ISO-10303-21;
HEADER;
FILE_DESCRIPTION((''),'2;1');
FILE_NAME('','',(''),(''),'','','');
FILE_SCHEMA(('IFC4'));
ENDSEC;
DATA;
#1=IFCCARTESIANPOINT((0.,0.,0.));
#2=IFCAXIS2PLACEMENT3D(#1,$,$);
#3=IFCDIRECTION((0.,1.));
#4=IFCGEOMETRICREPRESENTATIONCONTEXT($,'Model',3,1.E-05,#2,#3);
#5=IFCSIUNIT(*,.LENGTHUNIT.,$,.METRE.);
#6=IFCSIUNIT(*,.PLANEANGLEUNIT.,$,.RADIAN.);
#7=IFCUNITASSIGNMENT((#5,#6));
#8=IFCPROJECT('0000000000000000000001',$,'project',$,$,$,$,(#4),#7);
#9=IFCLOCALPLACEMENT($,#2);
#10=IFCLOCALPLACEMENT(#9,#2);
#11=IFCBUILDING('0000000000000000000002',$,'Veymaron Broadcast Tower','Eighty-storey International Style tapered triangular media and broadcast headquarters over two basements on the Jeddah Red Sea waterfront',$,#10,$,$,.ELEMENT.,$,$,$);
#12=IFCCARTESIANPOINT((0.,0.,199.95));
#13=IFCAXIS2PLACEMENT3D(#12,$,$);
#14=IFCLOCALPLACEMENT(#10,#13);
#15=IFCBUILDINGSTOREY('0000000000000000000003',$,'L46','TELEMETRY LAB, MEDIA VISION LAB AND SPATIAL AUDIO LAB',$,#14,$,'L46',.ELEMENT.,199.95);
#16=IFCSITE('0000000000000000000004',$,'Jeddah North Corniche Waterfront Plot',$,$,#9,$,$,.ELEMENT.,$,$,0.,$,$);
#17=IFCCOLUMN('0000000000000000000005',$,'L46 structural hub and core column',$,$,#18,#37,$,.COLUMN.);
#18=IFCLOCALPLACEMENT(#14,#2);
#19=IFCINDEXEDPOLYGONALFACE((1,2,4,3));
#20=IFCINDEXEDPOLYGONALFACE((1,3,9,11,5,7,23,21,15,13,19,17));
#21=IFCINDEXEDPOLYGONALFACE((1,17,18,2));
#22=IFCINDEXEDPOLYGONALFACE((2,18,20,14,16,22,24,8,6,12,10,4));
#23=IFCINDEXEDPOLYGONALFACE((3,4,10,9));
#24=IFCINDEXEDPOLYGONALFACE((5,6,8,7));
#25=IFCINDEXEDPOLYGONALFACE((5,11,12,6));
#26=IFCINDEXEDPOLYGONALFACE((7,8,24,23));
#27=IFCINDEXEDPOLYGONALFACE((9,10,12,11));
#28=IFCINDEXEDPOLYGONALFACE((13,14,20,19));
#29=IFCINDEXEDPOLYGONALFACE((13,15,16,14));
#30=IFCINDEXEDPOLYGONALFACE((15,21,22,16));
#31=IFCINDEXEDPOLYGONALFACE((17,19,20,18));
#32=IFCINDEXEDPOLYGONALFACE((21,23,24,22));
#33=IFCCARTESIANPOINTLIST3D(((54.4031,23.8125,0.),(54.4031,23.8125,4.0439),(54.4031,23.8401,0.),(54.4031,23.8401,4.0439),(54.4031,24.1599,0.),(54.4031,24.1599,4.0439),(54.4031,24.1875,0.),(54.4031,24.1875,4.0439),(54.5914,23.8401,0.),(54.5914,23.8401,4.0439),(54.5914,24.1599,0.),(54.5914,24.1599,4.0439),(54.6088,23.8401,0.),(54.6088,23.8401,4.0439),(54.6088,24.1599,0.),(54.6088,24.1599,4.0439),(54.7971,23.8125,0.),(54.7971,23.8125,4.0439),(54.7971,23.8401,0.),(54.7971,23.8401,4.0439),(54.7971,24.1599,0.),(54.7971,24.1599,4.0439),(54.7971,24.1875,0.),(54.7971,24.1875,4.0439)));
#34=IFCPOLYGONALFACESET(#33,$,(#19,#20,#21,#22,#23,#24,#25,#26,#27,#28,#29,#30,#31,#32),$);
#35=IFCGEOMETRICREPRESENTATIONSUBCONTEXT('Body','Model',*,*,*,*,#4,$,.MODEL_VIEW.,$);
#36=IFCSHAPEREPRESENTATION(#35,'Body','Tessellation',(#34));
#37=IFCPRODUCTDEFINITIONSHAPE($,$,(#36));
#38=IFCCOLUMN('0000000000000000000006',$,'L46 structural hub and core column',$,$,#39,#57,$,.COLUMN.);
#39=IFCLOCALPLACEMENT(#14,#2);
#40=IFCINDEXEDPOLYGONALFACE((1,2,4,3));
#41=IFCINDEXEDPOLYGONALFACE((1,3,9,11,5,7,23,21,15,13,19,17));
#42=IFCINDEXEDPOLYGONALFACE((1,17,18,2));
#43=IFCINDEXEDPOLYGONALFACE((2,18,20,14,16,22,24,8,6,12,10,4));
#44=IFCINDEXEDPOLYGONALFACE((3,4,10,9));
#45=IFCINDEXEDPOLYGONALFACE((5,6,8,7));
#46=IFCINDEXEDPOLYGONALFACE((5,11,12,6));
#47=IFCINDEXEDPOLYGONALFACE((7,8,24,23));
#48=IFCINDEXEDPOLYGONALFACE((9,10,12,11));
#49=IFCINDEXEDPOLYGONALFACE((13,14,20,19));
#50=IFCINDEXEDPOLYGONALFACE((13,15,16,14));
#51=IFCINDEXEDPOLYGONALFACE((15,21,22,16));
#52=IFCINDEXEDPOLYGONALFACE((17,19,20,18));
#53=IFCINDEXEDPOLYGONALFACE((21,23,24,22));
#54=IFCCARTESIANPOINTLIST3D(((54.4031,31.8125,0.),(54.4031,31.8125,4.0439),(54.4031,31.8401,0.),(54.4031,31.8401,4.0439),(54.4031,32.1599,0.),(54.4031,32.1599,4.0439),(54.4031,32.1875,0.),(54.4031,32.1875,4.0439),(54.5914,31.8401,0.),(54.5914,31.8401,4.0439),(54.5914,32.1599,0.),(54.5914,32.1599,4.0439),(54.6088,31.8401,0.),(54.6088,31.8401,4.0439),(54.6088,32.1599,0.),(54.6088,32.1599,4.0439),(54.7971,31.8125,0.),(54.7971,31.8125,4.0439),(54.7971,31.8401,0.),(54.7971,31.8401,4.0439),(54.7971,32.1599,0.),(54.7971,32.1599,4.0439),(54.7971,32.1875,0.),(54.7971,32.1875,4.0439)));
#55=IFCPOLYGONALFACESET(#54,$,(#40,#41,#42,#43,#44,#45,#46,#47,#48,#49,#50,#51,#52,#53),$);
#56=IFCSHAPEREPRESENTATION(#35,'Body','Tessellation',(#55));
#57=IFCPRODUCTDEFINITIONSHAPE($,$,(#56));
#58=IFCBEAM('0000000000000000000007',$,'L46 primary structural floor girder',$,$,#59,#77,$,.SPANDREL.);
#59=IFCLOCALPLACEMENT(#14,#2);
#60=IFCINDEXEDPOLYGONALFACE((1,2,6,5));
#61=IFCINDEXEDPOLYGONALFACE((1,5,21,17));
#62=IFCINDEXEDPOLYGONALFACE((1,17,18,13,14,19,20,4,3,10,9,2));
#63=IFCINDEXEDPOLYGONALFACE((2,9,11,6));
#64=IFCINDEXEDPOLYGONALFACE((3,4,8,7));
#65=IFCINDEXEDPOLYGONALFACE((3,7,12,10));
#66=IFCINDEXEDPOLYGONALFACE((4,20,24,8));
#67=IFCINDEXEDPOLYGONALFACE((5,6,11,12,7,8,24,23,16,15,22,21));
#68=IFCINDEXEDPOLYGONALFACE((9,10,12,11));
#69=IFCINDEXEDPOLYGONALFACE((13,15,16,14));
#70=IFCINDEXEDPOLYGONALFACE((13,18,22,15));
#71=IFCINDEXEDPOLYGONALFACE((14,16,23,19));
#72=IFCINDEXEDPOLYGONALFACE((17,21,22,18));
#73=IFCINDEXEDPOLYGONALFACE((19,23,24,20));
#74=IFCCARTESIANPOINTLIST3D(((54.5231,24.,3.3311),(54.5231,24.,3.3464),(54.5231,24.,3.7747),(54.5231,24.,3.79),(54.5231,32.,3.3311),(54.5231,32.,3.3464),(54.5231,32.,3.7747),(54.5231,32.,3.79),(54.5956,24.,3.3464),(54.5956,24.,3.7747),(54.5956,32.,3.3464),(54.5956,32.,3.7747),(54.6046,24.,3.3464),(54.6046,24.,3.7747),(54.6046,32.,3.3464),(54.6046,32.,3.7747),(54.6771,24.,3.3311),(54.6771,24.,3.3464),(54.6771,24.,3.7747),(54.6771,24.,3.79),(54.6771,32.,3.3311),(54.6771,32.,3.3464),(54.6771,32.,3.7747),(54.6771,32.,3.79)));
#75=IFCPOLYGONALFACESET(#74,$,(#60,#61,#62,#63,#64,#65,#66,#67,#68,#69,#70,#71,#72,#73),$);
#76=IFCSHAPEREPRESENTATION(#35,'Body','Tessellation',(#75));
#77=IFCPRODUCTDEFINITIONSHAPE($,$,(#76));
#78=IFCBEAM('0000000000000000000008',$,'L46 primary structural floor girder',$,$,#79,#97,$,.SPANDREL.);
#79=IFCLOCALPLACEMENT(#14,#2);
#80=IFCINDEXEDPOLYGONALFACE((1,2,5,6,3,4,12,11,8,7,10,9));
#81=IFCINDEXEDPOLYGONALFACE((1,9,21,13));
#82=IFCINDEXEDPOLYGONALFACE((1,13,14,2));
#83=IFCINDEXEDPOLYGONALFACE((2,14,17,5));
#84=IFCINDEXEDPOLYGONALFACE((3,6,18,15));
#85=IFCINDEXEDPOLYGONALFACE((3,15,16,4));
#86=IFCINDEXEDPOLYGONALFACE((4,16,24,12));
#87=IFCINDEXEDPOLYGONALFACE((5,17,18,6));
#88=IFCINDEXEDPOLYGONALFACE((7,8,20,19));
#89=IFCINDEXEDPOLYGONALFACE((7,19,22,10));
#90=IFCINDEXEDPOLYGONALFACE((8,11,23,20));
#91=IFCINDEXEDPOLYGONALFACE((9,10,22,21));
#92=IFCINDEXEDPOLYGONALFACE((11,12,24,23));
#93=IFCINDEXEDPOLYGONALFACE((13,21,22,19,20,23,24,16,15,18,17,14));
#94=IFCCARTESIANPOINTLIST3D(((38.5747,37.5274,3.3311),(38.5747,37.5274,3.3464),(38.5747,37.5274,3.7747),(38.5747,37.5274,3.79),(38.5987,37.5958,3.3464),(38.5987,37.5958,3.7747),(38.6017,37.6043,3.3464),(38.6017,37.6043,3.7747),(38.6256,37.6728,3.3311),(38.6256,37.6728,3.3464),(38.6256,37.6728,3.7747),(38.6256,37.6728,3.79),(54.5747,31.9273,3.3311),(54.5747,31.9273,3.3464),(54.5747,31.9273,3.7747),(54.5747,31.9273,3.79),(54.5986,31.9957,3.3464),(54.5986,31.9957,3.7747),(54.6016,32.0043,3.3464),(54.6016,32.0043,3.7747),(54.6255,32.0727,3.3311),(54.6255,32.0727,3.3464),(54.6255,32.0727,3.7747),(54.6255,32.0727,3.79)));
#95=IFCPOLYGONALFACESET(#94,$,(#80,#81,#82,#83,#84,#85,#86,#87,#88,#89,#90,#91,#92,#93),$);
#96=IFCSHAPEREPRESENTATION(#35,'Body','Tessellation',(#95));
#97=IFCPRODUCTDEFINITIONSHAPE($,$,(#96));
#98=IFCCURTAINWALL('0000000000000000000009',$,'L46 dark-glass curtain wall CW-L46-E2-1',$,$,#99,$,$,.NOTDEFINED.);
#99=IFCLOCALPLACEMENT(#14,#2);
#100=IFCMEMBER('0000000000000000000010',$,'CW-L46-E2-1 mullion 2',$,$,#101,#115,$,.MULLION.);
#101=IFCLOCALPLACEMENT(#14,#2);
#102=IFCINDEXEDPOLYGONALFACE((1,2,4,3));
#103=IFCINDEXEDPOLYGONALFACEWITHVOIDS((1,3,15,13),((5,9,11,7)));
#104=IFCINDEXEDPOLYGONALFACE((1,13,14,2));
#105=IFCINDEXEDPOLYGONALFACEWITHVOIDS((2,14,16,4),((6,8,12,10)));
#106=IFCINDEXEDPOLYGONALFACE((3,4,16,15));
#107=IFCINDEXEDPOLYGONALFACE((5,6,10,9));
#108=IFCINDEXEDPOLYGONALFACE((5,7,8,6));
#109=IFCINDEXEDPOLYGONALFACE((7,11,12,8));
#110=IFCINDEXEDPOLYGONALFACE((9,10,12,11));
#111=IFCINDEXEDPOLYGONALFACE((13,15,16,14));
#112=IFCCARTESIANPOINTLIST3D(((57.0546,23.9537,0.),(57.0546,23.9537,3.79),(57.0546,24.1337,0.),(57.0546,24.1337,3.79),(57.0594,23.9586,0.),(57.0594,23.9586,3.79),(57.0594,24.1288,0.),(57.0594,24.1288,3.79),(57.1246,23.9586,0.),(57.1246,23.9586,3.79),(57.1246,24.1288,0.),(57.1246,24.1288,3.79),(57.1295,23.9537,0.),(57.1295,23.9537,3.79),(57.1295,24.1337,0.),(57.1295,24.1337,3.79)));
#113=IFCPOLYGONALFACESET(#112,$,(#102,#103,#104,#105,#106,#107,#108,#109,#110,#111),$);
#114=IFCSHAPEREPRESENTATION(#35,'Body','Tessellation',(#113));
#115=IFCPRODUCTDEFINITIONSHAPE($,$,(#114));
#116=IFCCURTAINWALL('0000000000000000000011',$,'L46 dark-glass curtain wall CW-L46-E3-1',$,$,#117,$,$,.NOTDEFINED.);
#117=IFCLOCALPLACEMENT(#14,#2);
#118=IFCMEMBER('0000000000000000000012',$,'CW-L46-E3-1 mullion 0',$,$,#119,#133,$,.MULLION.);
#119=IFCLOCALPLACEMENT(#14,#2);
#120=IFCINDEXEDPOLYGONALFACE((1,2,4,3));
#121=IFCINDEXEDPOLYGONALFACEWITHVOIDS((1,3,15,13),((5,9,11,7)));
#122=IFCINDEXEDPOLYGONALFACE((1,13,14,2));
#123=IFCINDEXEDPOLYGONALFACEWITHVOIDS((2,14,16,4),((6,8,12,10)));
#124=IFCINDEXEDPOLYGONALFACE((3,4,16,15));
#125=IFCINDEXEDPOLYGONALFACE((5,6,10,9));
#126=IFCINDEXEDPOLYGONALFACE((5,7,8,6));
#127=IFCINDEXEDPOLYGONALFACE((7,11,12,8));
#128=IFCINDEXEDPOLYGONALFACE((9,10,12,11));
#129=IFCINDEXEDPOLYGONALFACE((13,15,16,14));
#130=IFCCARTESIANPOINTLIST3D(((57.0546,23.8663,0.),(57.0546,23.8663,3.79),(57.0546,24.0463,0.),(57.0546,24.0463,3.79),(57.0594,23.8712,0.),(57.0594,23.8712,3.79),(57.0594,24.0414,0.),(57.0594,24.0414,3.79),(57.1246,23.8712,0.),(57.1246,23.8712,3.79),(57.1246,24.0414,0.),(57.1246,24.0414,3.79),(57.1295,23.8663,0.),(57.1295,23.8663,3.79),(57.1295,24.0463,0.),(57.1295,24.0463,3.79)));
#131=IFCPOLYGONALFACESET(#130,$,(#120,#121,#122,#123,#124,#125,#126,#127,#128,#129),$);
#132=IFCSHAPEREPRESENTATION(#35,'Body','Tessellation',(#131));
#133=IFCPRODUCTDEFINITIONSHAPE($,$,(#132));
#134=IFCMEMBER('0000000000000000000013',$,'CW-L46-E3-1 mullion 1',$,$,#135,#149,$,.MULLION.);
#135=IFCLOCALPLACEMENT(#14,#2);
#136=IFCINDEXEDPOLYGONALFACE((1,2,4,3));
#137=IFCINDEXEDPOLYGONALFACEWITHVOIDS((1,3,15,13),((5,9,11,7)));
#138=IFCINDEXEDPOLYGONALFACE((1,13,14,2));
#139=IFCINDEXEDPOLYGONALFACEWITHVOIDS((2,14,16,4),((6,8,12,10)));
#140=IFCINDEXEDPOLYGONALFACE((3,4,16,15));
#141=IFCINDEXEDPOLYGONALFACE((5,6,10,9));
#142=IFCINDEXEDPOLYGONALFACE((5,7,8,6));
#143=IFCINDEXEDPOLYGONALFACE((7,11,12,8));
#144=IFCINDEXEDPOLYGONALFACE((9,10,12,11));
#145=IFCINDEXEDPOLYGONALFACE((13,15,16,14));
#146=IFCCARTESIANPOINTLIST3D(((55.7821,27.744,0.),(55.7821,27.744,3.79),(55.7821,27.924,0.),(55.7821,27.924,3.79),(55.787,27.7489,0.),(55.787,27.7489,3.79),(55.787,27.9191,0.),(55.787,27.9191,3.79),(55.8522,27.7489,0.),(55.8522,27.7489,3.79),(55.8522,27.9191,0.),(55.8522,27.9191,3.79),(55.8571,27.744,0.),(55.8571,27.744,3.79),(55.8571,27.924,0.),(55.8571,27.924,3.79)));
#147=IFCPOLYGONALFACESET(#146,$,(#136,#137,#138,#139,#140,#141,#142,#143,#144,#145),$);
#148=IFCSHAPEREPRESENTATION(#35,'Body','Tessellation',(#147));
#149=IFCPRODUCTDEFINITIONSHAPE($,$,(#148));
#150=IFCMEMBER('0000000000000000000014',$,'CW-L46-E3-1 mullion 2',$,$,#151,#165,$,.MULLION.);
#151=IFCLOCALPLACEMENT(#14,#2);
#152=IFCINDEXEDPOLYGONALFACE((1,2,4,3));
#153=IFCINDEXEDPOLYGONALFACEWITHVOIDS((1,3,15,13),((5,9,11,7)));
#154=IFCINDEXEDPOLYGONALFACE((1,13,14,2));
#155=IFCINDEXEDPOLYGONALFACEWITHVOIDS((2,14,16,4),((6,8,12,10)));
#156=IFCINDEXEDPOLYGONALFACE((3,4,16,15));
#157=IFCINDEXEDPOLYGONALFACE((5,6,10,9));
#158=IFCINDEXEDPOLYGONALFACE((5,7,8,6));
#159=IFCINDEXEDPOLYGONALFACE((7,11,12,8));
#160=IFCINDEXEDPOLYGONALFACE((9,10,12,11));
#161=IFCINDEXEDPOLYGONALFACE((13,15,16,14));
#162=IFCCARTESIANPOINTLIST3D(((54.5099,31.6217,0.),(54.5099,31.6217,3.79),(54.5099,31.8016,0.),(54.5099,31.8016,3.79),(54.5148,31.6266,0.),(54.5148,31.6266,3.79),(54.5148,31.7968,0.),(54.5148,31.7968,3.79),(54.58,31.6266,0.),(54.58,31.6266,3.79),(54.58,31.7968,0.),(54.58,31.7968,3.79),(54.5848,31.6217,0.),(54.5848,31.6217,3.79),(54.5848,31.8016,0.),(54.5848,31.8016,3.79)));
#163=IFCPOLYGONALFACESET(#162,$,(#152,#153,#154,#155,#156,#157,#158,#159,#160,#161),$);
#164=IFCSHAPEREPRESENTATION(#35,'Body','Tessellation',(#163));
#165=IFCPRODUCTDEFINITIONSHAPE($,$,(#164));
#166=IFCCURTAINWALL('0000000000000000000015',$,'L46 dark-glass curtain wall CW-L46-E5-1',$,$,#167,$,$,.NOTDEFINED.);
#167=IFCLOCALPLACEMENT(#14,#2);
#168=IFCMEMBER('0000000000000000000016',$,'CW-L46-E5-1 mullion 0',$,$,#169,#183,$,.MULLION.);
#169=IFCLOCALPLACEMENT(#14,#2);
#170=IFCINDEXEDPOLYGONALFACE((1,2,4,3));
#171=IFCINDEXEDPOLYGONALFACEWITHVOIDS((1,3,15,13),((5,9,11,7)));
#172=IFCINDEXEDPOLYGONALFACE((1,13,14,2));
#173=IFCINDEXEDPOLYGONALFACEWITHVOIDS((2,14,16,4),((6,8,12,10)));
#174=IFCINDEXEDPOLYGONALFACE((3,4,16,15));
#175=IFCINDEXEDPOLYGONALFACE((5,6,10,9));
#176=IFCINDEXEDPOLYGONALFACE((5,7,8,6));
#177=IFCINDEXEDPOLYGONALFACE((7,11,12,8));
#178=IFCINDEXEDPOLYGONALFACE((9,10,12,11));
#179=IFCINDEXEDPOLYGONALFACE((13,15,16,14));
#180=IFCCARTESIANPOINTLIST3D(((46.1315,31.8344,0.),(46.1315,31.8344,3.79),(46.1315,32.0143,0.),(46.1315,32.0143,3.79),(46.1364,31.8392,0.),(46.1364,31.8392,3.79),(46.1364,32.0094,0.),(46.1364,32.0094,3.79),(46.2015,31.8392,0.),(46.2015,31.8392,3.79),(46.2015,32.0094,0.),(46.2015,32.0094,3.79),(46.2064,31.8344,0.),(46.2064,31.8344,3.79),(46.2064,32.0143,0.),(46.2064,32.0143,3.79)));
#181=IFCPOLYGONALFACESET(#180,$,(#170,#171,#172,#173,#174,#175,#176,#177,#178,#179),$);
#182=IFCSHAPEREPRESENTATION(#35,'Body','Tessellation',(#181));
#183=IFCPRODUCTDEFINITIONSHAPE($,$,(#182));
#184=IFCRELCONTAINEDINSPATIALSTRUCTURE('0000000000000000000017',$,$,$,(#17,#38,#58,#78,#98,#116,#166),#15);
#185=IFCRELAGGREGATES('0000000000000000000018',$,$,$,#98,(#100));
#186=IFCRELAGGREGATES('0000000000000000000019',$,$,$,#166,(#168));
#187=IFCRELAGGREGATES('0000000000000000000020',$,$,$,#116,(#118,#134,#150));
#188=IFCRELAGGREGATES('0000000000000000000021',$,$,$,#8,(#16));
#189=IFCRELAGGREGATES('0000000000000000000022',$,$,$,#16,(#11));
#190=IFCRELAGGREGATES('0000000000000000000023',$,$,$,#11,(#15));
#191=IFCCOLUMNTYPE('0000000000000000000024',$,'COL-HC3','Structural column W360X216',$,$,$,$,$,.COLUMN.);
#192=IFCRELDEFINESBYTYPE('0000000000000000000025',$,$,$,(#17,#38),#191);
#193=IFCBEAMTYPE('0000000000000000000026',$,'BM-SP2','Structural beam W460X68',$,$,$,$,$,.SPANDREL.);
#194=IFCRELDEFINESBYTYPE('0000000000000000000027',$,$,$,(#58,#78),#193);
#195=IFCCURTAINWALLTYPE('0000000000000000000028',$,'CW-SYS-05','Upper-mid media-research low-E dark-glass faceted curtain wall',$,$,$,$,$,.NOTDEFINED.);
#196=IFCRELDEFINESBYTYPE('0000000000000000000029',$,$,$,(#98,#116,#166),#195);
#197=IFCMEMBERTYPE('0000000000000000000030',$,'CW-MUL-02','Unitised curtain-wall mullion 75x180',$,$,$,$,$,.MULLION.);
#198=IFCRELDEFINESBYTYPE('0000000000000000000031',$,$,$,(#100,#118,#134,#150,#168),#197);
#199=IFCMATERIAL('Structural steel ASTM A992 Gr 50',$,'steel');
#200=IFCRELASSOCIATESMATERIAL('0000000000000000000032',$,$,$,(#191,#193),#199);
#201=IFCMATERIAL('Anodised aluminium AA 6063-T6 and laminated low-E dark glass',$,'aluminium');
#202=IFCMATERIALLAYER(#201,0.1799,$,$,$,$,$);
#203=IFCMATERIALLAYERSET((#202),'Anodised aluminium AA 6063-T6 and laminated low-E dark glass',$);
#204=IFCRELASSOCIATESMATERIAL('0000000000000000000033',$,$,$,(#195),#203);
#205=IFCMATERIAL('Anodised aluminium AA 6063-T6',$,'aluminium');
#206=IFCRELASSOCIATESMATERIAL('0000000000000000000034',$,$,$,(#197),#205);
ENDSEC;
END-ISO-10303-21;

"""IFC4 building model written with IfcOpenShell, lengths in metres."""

from ifc_helpers import new_model, si_unit, direction, frame, origin, origin_2d, place, context, subcontext, project, spatial, hollow_rectangle, i_section, extrude, material, layer, layer_set, material_profile, profile_set, type_object, element, aggregate, save


model = new_model("IFC4")

# Units and contexts
model_context = context("Model", 3, precision=1e-05, world=origin(), true_north=direction((0.0, 1.0)))
body_context = subcontext(model_context, "Body", "Model", "MODEL_VIEW")
ifc_project = project(units=[si_unit("LENGTHUNIT", "METRE"), si_unit("PLANEANGLEUNIT", "RADIAN")], contexts=[model_context])

# Site, building, storey
site_placement = place(None, origin())
site = spatial("IfcSite", under=ifc_project, at=site_placement, Name="Jeddah North Corniche Waterfront Plot", CompositionType="ELEMENT", RefElevation=0.0)
building_placement = place(site_placement, origin())
building = spatial("IfcBuilding", under=site, at=building_placement, Name="Veymaron Broadcast Tower", Description="Eighty-storey International Style tapered triangular media and broadcast headquarters over two basements on the Jeddah Red Sea waterfront", CompositionType="ELEMENT")
storey_placement = place(building_placement, frame((0.0, 0.0, 199.95)))
storey = spatial("IfcBuildingStorey", under=building, at=storey_placement, Name="L46", Description="TELEMETRY LAB, MEDIA VISION LAB AND SPATIAL AUDIO LAB", LongName="L46", CompositionType="ELEMENT", Elevation=199.95)

# Columns
ifc_material_1 = material(Name="Structural steel ASTM A992 Gr 50", Category="steel")
ifc_material_profile_1 = material_profile(ifc_material_1, i_section(OverallWidth=0.394, OverallDepth=0.375, WebThickness=0.0173, FlangeThickness=0.0276, at=origin_2d()), Name="W360X216")
ifc_profile_set_1 = profile_set([ifc_material_profile_1], Name="Structural steel ASTM A992 Gr 50")
column_type = type_object("IfcColumnType", Name="COL-HC3", Description="Structural column W360X216", PredefinedType="COLUMN", material=ifc_profile_set_1)
for number, where, z_axis, x_axis, name in (
    (1, (54.6001, 24.0, 0.0), (0.0, 0.0, 1.0), (1.0, 0.0, 0.0), "L46 structural hub and core column"),
    (2, (54.6001, 32.0, 0.0), (0.0, 0.0, 1.0), (1.0, 0.0, 0.0), "L46 structural hub and core column"),
):
    element("IfcColumn", number, at=place(storey_placement, frame(where, z_axis=z_axis, x_axis=x_axis)), inside=storey, type_object=column_type, Name=name, PredefinedType="COLUMN", context=body_context, shape_type="SweptSolid", body=[
        extrude(i_section(OverallWidth=0.394, OverallDepth=0.375, WebThickness=0.0173, FlangeThickness=0.0276, at=origin_2d()), origin(), (0.0, 0.0, 1.0), 4.0439),
    ])

# Beams
ifc_material_profile_2 = material_profile(ifc_material_1, i_section(OverallWidth=0.1541, OverallDepth=0.459, WebThickness=0.009, FlangeThickness=0.0154, at=origin_2d()), Name="W460X68")
ifc_profile_set_2 = profile_set([ifc_material_profile_2], Name="Structural steel ASTM A992 Gr 50")
beam_type = type_object("IfcBeamType", Name="BM-SP2", Description="Structural beam W460X68", PredefinedType="SPANDREL", material=ifc_profile_set_2)
beam_1_placement = place(storey_placement, frame((54.6001, 24.0, 3.5605), z_axis=(0.0, 1.0, 0.0), x_axis=(-1.0, 0.0, 0.0)))
element("IfcBeam", 3, at=beam_1_placement, inside=storey, type_object=beam_type, Name="L46 primary structural floor girder", PredefinedType="SPANDREL", context=body_context, shape_type="SweptSolid", body=[
    extrude(i_section(OverallWidth=0.1541, OverallDepth=0.459, WebThickness=0.009, FlangeThickness=0.0154, at=origin_2d()), origin(), (0.0, 0.0, 1.0), 8.0),
])
beam_2_placement = place(storey_placement, frame((54.6001, 32.0, 3.5605), z_axis=(-0.943857, 0.330356, 0.0), x_axis=(-0.330356, -0.943857, 0.0)))
element("IfcBeam", 4, at=beam_2_placement, inside=storey, type_object=beam_type, Name="L46 primary structural floor girder", PredefinedType="SPANDREL", context=body_context, shape_type="SweptSolid", body=[
    extrude(i_section(OverallWidth=0.1541, OverallDepth=0.459, WebThickness=0.009, FlangeThickness=0.0154, at=origin_2d()), origin(), (0.0, 0.0, 1.0), 16.9517),
])

# Curtain wall, member
ifc_material_2 = material(Name="Anodised aluminium AA 6063-T6 and laminated low-E dark glass", Category="aluminium")
ifc_layer_1 = layer(ifc_material_2, 0.1799)
ifc_layer_set_1 = layer_set([ifc_layer_1], Name="Anodised aluminium AA 6063-T6 and laminated low-E dark glass")
curtain_wall_type = type_object("IfcCurtainWallType", Name="CW-SYS-05", Description="Upper-mid media-research low-E dark-glass faceted curtain wall", PredefinedType="NOTDEFINED", material=ifc_layer_set_1)
curtain_wall_1_placement = place(storey_placement, origin())
curtain_wall_1 = element("IfcCurtainWall", 5, at=curtain_wall_1_placement, inside=storey, type_object=curtain_wall_type, Name="L46 dark-glass curtain wall CW-L46-E2-1", PredefinedType="NOTDEFINED")
ifc_material_3 = material(Name="Anodised aluminium AA 6063-T6", Category="aluminium")
ifc_material_profile_3 = material_profile(ifc_material_3, hollow_rectangle(XDim=0.075, YDim=0.1799, WallThickness=0.0049, at=origin_2d()), Name="AL180X75X5")
ifc_profile_set_3 = profile_set([ifc_material_profile_3], Name="Anodised aluminium AA 6063-T6")
member_type_1 = type_object("IfcMemberType", Name="CW-MUL-02", Description="Unitised curtain-wall mullion 75x180", PredefinedType="MULLION", material=ifc_profile_set_3)
member_1_placement = place(storey_placement, frame((57.092, 24.0437, 0.0), z_axis=(0.0, 0.0, 1.0), x_axis=(1.0, 0.0, 0.0)))
member_1 = element("IfcMember", 6, at=member_1_placement, type_object=member_type_1, Name="CW-L46-E2-1 mullion 2", PredefinedType="MULLION", context=body_context, shape_type="SweptSolid", body=[
    extrude(hollow_rectangle(XDim=0.075, YDim=0.1799, WallThickness=0.0049, at=origin_2d()), origin(), (0.0, 0.0, 1.0), 3.79),
])
aggregate(curtain_wall_1, [member_1])

# Curtain wall, members
curtain_wall_2_placement = place(storey_placement, origin())
curtain_wall_2 = element("IfcCurtainWall", 7, at=curtain_wall_2_placement, inside=storey, type_object=curtain_wall_type, Name="L46 dark-glass curtain wall CW-L46-E3-1", PredefinedType="NOTDEFINED")
member_2_placement = place(storey_placement, frame((57.092, 23.9563, 0.0), z_axis=(0.0, 0.0, 1.0), x_axis=(1.0, 0.0, 0.0)))
member_2 = element("IfcMember", 8, at=member_2_placement, type_object=member_type_1, Name="CW-L46-E3-1 mullion 0", PredefinedType="MULLION", context=body_context, shape_type="SweptSolid", body=[
    extrude(hollow_rectangle(XDim=0.075, YDim=0.1799, WallThickness=0.0049, at=origin_2d()), origin(), (0.0, 0.0, 1.0), 3.79),
])
member_3_placement = place(storey_placement, frame((55.8196, 27.834, 0.0), z_axis=(0.0, 0.0, 1.0), x_axis=(1.0, 0.0, 0.0)))
member_3 = element("IfcMember", 9, at=member_3_placement, type_object=member_type_1, Name="CW-L46-E3-1 mullion 1", PredefinedType="MULLION", context=body_context, shape_type="SweptSolid", body=[
    extrude(hollow_rectangle(XDim=0.075, YDim=0.1799, WallThickness=0.0049, at=origin_2d()), origin(), (0.0, 0.0, 1.0), 3.79),
])
member_4_placement = place(storey_placement, frame((54.5474, 31.7117, 0.0), z_axis=(0.0, 0.0, 1.0), x_axis=(1.0, 0.0, 0.0)))
member_4 = element("IfcMember", 10, at=member_4_placement, type_object=member_type_1, Name="CW-L46-E3-1 mullion 2", PredefinedType="MULLION", context=body_context, shape_type="SweptSolid", body=[
    extrude(hollow_rectangle(XDim=0.075, YDim=0.1799, WallThickness=0.0049, at=origin_2d()), origin(), (0.0, 0.0, 1.0), 3.79),
])

# Curtain wall, member
curtain_wall_3_placement = place(storey_placement, origin())
curtain_wall_3 = element("IfcCurtainWall", 11, at=curtain_wall_3_placement, inside=storey, type_object=curtain_wall_type, Name="L46 dark-glass curtain wall CW-L46-E5-1", PredefinedType="NOTDEFINED")
member_5_placement = place(storey_placement, frame((46.1689, 31.9243, 0.0), z_axis=(0.0, 0.0, 1.0), x_axis=(1.0, 0.0, 0.0)))
member_5 = element("IfcMember", 12, at=member_5_placement, type_object=member_type_1, Name="CW-L46-E5-1 mullion 0", PredefinedType="MULLION", context=body_context, shape_type="SweptSolid", body=[
    extrude(hollow_rectangle(XDim=0.075, YDim=0.1799, WallThickness=0.0049, at=origin_2d()), origin(), (0.0, 0.0, 1.0), 3.79),
])

aggregate(curtain_wall_3, [member_5])

aggregate(curtain_wall_2, [member_2, member_3, member_4])

save(model, "model.ifc")
